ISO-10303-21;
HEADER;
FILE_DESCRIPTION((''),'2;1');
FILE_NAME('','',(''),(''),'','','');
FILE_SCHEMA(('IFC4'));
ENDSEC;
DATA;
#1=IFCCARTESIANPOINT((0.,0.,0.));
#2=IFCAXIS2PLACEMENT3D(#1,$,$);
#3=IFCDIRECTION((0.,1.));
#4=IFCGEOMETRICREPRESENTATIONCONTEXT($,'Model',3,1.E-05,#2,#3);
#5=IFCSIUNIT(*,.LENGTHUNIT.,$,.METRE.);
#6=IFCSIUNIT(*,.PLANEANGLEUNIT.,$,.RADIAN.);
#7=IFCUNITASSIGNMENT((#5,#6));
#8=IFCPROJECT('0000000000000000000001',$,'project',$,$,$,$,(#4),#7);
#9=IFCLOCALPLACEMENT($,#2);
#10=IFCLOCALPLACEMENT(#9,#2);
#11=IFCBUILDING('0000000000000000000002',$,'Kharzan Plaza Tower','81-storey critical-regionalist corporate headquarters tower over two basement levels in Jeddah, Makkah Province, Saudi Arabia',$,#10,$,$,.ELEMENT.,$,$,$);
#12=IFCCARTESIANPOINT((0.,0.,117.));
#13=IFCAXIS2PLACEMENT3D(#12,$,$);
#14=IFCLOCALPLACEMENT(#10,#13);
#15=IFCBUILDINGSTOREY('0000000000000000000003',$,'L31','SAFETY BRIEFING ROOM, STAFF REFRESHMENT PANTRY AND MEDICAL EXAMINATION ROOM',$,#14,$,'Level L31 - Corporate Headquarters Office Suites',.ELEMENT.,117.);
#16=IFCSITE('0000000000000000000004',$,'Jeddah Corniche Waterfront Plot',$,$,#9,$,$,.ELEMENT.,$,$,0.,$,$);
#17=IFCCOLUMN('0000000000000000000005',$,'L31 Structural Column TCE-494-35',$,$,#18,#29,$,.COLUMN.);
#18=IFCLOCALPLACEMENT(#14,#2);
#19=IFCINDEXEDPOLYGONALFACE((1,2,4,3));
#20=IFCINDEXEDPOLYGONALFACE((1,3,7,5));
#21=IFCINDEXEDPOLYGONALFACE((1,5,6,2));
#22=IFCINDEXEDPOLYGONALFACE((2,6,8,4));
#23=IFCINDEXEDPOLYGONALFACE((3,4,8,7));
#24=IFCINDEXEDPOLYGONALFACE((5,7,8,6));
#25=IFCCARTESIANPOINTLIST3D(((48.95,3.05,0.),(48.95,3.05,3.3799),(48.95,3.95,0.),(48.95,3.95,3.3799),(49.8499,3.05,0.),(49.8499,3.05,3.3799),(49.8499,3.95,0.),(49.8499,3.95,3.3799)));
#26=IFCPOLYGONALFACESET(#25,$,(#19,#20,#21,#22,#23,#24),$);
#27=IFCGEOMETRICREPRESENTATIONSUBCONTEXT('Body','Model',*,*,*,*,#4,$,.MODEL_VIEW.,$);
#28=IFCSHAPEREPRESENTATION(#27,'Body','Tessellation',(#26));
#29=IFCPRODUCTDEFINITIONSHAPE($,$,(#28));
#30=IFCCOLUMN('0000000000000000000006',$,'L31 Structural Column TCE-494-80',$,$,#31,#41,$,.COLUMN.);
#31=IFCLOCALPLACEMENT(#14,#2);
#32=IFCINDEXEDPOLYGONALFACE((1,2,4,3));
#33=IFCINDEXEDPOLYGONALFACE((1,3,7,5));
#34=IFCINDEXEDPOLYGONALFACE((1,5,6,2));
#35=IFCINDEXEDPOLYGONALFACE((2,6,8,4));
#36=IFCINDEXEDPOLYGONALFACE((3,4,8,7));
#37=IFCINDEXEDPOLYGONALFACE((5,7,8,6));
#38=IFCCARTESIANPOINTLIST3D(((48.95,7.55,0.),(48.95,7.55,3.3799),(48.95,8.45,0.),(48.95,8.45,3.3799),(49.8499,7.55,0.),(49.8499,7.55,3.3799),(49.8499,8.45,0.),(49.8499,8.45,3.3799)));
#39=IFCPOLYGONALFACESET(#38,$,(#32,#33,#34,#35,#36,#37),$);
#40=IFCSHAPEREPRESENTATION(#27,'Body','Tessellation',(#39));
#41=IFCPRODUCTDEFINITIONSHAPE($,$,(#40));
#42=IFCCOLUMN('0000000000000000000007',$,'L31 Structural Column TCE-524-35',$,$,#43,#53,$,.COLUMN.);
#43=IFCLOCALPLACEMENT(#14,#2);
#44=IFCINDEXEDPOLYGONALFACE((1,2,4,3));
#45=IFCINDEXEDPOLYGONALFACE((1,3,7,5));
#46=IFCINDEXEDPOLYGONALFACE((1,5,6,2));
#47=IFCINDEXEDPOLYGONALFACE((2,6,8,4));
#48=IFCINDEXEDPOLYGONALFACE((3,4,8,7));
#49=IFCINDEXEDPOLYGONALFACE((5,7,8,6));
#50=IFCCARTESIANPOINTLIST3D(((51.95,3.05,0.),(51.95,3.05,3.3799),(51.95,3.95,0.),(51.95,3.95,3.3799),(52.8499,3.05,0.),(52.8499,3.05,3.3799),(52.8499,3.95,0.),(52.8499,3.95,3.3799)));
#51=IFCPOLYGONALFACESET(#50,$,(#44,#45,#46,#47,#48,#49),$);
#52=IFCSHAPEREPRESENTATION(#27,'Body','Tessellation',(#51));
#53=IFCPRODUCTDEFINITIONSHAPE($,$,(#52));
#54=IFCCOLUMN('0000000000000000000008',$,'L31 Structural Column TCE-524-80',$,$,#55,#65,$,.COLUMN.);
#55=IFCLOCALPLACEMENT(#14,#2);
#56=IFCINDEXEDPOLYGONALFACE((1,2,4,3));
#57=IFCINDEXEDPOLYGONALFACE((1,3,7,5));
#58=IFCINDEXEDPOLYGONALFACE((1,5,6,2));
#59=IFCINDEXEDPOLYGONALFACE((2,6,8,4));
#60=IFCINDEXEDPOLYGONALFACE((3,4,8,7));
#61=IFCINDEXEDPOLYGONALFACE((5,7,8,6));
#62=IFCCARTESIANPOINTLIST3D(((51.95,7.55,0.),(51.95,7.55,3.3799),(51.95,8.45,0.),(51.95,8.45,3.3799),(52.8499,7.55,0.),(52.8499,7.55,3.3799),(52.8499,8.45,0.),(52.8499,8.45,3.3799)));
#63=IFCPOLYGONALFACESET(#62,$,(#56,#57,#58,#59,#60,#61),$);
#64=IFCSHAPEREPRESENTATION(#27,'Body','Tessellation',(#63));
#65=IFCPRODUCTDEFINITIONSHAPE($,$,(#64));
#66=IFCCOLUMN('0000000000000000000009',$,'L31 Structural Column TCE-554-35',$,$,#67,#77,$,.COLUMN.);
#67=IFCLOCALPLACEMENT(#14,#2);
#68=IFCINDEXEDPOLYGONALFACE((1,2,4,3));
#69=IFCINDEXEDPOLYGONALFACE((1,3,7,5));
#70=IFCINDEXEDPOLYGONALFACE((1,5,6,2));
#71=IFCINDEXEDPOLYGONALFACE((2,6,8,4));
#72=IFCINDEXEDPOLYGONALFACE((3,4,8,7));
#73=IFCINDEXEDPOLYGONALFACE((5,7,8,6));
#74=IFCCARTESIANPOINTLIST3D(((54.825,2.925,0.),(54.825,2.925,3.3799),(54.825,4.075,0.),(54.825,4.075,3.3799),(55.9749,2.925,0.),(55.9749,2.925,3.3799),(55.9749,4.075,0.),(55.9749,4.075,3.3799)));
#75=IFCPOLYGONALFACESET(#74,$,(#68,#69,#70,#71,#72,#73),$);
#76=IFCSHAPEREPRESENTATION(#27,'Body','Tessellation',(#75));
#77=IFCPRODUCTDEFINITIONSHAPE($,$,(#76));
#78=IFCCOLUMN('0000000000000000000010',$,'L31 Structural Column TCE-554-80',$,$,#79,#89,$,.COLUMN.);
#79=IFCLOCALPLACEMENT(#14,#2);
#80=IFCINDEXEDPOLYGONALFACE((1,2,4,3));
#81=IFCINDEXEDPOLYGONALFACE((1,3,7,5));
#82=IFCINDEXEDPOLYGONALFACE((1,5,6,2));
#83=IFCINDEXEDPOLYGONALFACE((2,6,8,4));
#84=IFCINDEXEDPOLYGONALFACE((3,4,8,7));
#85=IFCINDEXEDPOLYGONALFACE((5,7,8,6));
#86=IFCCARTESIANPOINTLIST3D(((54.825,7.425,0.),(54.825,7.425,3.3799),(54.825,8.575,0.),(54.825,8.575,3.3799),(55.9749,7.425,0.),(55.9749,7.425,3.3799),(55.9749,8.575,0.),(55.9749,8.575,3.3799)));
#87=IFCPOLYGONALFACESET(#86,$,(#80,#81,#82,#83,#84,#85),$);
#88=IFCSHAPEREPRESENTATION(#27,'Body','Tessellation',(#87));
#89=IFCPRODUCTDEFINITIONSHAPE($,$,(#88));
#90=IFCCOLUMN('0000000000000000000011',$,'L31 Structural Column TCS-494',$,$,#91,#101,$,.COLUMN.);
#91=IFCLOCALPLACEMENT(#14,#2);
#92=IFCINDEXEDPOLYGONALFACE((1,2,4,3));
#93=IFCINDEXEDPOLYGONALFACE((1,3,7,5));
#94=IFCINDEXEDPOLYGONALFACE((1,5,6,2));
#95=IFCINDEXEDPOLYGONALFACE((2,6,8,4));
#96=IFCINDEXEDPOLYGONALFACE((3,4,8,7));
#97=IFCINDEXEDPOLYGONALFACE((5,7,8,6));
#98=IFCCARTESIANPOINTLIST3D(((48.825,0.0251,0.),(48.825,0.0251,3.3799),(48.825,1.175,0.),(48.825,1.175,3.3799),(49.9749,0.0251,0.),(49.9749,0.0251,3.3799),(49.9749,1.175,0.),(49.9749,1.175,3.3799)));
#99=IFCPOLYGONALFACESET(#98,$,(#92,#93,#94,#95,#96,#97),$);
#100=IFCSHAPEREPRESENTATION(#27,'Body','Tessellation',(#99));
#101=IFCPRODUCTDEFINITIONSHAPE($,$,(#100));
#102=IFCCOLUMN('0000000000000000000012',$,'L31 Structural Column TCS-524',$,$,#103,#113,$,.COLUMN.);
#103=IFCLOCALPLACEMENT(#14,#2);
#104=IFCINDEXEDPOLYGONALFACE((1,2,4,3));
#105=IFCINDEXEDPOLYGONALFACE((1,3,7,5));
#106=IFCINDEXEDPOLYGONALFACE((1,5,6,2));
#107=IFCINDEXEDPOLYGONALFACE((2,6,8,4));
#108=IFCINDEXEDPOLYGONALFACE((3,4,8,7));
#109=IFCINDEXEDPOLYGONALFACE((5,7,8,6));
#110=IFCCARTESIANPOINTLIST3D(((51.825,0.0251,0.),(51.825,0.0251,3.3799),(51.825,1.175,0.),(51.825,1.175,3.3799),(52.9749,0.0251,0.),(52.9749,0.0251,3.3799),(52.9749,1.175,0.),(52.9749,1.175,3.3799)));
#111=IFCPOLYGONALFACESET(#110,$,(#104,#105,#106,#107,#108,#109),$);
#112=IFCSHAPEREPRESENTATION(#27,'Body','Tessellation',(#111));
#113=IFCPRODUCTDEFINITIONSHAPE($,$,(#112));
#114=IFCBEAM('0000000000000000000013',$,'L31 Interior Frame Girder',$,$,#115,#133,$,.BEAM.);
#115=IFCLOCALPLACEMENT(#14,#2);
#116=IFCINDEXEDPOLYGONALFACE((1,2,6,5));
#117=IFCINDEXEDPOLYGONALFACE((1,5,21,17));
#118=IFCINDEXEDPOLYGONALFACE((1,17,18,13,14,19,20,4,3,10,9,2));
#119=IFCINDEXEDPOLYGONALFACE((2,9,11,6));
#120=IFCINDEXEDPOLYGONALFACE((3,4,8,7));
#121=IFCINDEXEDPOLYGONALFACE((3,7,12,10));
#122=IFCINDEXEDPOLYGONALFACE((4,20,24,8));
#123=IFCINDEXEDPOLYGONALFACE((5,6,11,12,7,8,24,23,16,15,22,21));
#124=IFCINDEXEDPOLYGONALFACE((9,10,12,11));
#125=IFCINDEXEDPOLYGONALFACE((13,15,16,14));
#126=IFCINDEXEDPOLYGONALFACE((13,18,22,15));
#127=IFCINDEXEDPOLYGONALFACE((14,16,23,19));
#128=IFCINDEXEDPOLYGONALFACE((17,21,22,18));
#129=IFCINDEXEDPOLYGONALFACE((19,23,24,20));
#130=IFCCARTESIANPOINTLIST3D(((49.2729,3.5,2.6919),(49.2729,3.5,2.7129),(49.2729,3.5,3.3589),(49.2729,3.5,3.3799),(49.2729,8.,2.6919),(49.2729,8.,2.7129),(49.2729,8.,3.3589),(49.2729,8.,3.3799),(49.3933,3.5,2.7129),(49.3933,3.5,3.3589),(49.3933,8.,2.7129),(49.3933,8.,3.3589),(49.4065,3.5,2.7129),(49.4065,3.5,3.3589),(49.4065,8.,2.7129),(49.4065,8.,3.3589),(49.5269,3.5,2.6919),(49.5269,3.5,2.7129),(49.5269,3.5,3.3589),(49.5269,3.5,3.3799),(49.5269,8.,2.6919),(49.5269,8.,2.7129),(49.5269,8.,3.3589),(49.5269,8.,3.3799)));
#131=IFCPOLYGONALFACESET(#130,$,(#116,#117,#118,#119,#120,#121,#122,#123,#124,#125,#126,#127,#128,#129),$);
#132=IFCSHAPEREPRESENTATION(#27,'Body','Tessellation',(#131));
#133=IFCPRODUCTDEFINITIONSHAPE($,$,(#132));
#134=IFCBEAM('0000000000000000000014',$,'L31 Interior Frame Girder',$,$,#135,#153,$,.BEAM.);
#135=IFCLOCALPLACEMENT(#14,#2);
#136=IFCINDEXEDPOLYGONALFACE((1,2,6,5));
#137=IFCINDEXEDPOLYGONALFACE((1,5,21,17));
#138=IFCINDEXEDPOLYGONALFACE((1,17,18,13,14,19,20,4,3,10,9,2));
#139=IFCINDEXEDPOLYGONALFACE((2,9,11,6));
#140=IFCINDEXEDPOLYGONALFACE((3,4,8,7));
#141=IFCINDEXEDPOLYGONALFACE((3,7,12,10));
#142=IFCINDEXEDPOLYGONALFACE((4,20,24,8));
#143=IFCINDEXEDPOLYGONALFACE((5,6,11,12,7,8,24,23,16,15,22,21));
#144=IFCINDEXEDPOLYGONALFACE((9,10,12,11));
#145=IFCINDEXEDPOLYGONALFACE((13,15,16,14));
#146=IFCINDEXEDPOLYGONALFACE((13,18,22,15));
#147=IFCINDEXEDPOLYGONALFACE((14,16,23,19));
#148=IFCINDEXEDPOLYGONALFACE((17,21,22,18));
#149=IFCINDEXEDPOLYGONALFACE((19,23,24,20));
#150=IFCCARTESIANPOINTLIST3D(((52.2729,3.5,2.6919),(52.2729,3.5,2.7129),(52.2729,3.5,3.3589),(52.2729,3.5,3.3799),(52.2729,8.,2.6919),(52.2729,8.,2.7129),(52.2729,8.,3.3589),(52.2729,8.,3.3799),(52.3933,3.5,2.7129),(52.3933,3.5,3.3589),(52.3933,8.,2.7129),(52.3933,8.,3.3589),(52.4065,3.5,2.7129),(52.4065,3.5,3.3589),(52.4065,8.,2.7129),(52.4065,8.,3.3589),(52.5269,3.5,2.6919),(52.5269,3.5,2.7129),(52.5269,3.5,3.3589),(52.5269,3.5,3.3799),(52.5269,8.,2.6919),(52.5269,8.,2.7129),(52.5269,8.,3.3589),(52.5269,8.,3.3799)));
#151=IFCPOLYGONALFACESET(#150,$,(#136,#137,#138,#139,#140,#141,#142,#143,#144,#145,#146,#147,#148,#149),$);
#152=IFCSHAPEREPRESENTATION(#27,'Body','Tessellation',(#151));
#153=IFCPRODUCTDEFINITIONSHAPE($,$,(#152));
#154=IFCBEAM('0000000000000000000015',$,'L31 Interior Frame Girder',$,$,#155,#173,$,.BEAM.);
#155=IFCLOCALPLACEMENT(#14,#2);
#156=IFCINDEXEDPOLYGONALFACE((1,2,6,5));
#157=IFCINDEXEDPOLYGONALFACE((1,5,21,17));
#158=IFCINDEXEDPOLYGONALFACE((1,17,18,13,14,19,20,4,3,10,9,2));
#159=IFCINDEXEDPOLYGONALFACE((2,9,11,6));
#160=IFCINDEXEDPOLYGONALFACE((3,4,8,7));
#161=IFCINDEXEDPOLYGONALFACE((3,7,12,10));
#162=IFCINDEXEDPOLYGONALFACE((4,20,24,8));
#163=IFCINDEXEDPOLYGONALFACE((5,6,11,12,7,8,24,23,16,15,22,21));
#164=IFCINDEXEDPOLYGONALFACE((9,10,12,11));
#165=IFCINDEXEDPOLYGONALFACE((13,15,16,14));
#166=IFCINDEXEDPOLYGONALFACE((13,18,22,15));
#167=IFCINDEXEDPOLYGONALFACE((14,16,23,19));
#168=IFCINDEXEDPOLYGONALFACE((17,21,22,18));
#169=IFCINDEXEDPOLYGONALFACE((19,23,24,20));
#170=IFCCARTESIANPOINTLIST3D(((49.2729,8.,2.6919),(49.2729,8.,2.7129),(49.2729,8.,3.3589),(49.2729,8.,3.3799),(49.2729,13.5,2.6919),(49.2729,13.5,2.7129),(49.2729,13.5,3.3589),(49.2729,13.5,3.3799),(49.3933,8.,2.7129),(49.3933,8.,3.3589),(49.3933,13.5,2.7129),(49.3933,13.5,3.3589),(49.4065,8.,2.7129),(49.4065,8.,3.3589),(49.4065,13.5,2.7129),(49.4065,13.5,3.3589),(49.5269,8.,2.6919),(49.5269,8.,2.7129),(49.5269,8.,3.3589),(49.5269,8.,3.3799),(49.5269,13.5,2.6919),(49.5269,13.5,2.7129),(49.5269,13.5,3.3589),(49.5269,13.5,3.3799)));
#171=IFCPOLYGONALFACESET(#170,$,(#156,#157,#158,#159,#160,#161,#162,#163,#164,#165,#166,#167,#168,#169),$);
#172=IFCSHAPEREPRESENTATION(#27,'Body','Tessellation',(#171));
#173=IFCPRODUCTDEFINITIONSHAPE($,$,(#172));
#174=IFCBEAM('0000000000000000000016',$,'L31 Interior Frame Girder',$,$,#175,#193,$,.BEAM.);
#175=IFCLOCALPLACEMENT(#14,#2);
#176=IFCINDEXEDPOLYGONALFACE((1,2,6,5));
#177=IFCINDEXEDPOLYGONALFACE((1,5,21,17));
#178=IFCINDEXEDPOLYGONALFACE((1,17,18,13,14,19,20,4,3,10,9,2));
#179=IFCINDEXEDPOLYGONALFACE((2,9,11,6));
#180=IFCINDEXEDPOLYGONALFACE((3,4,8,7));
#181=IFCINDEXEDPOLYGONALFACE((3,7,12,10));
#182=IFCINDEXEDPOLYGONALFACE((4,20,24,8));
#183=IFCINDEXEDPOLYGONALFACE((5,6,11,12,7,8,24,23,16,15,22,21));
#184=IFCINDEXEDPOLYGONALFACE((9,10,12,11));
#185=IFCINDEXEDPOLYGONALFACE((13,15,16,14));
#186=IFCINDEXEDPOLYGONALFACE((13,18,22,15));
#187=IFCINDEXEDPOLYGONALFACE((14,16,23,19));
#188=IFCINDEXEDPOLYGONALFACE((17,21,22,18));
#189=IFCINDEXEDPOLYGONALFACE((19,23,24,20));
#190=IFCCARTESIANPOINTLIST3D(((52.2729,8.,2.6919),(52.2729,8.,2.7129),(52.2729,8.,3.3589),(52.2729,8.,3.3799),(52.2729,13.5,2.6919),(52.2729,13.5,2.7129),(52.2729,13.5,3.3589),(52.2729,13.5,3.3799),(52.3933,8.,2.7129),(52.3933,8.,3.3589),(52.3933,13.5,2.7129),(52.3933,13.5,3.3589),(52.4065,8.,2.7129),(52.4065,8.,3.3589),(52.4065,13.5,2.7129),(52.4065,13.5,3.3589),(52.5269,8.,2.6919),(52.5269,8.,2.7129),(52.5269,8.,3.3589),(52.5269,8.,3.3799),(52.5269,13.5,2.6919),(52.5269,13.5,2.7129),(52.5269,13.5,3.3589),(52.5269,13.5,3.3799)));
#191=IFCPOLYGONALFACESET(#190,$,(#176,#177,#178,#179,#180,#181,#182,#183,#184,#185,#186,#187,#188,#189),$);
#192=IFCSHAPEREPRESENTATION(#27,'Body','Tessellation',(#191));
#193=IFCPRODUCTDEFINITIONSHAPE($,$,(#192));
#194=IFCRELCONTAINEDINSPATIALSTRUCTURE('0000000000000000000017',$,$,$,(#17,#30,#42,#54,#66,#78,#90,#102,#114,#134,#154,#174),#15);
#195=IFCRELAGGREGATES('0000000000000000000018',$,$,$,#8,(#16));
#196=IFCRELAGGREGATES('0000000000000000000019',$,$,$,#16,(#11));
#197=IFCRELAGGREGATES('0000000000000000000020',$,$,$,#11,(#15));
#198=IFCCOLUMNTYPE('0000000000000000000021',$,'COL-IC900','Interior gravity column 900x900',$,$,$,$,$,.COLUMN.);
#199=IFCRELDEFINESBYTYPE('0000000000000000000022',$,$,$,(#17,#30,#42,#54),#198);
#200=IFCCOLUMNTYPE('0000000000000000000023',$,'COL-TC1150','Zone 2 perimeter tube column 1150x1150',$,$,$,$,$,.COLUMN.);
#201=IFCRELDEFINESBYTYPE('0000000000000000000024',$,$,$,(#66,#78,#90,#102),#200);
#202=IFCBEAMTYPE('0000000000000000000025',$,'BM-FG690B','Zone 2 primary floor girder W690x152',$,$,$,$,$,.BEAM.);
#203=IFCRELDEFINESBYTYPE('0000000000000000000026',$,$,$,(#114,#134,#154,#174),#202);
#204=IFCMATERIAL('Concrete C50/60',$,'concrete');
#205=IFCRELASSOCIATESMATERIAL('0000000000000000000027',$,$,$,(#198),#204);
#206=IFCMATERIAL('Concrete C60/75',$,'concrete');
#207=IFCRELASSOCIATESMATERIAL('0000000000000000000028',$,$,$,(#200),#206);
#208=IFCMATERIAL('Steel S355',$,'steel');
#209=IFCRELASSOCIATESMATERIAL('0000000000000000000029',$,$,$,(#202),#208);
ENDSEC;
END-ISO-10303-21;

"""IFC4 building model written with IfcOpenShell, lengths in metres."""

from ifc_helpers import new_model, si_unit, direction, frame, origin, origin_2d, place, context, subcontext, project, spatial, rectangle, i_section, extrude, source, transform, mapped, material, material_profile, profile_set, type_object, element, save


model = new_model("IFC4")

# Units and contexts
model_context = context("Model", 3, precision=1e-05, world=origin(), true_north=direction((0.0, 1.0)))
body_context = subcontext(model_context, "Body", "Model", "MODEL_VIEW")
ifc_project = project(units=[si_unit("LENGTHUNIT", "METRE"), si_unit("PLANEANGLEUNIT", "RADIAN")], contexts=[model_context])

# Site, building, storey
site_placement = place(None, origin())
site = spatial("IfcSite", under=ifc_project, at=site_placement, Name="Jeddah Corniche Waterfront Plot", CompositionType="ELEMENT", RefElevation=0.0)
building_placement = place(site_placement, origin())
building = spatial("IfcBuilding", under=site, at=building_placement, Name="Kharzan Plaza Tower", Description="81-storey critical-regionalist corporate headquarters tower over two basement levels in Jeddah, Makkah Province, Saudi Arabia", CompositionType="ELEMENT")
storey_placement = place(building_placement, frame((0.0, 0.0, 117.0)))
storey = spatial("IfcBuildingStorey", under=building, at=storey_placement, Name="L31", Description="SAFETY BRIEFING ROOM, STAFF REFRESHMENT PANTRY AND MEDICAL EXAMINATION ROOM", LongName="Level L31 - Corporate Headquarters Office Suites", CompositionType="ELEMENT", Elevation=117.0)

# Columns
ifc_material_1 = material(Name="Concrete C50/60", Category="concrete")
ifc_material_profile_1 = material_profile(ifc_material_1, rectangle(XDim=0.8999, YDim=0.8999, at=origin_2d()), Name="RC-IC900x900")
ifc_profile_set_1 = profile_set([ifc_material_profile_1], Name="Concrete C50/60")
column_type_1 = type_object("IfcColumnType", Name="COL-IC900", Description="Interior gravity column 900x900", PredefinedType="COLUMN", material=ifc_profile_set_1)
shared_shape_1 = source(origin(), body_context, "Body", "SweptSolid", [
    extrude(rectangle(XDim=0.8999, YDim=0.8999, at=origin_2d()), origin(), (0.0, 0.0, 1.0), 3.3799),
])
for number, where, z_axis, x_axis, name in (
    (1, (49.3999, 3.5, 0.0), (0.0, 0.0, 1.0), (1.0, 0.0, 0.0), "L31 Structural Column TCE-494-35"),
    (2, (49.3999, 8.0, 0.0), (0.0, 0.0, 1.0), (1.0, 0.0, 0.0), "L31 Structural Column TCE-494-80"),
    (3, (52.3999, 3.5, 0.0), (0.0, 0.0, 1.0), (1.0, 0.0, 0.0), "L31 Structural Column TCE-524-35"),
    (4, (52.3999, 8.0, 0.0), (0.0, 0.0, 1.0), (1.0, 0.0, 0.0), "L31 Structural Column TCE-524-80"),
):
    element("IfcColumn", number, at=place(storey_placement, frame(where, z_axis=z_axis, x_axis=x_axis)), inside=storey, type_object=column_type_1, Name=name, PredefinedType="COLUMN", context=body_context, shape_type="MappedRepresentation", body=[
        mapped(shared_shape_1, transform((0.0, 0.0, 0.0), x_axis=(1.0, 0.0, 0.0), y_axis=(0.0, 1.0, 0.0), z_axis=(0.0, 0.0, 1.0))),
    ])
ifc_material_2 = material(Name="Concrete C60/75", Category="concrete")
ifc_material_profile_2 = material_profile(ifc_material_2, rectangle(XDim=1.1499, YDim=1.1499, at=origin_2d()), Name="RC-TC1150x1150")
ifc_profile_set_2 = profile_set([ifc_material_profile_2], Name="Concrete C60/75")
column_type_2 = type_object("IfcColumnType", Name="COL-TC1150", Description="Zone 2 perimeter tube column 1150x1150", PredefinedType="COLUMN", material=ifc_profile_set_2)
shared_shape_2 = source(origin(), body_context, "Body", "SweptSolid", [
    extrude(rectangle(XDim=1.1499, YDim=1.1499, at=origin_2d()), origin(), (0.0, 0.0, 1.0), 3.3799),
])
for number, where, z_axis, x_axis, name in (
    (5, (55.3999, 3.5, 0.0), (0.0, 0.0, 1.0), (1.0, 0.0, 0.0), "L31 Structural Column TCE-554-35"),
    (6, (55.3999, 8.0, 0.0), (0.0, 0.0, 1.0), (1.0, 0.0, 0.0), "L31 Structural Column TCE-554-80"),
    (7, (49.3999, 0.6001, 0.0), (0.0, 0.0, 1.0), (1.0, 0.0, 0.0), "L31 Structural Column TCS-494"),
    (8, (52.3999, 0.6001, 0.0), (0.0, 0.0, 1.0), (1.0, 0.0, 0.0), "L31 Structural Column TCS-524"),
):
    element("IfcColumn", number, at=place(storey_placement, frame(where, z_axis=z_axis, x_axis=x_axis)), inside=storey, type_object=column_type_2, Name=name, PredefinedType="COLUMN", context=body_context, shape_type="MappedRepresentation", body=[
        mapped(shared_shape_2, transform((0.0, 0.0, 0.0), x_axis=(1.0, 0.0, 0.0), y_axis=(0.0, 1.0, 0.0), z_axis=(0.0, 0.0, 1.0))),
    ])

# Beams
ifc_material_3 = material(Name="Steel S355", Category="steel")
ifc_material_profile_3 = material_profile(ifc_material_3, i_section(OverallWidth=0.2539, OverallDepth=0.688, WebThickness=0.0132, FlangeThickness=0.021, at=origin_2d()), Name="W690x152")
ifc_profile_set_3 = profile_set([ifc_material_profile_3], Name="Steel S355")
beam_type_1 = type_object("IfcBeamType", Name="BM-FG690B", Description="Zone 2 primary floor girder W690x152", PredefinedType="BEAM", material=ifc_profile_set_3)
shared_shape_3 = source(origin(), body_context, "Body", "SweptSolid", [
    extrude(i_section(OverallWidth=0.2539, OverallDepth=0.688, WebThickness=0.0132, FlangeThickness=0.021, at=origin_2d()), origin(), (0.0, 0.0, 1.0), 4.5),
])
for number, where, z_axis, x_axis, name in (
    (9, (49.3999, 3.5, 3.0359), (0.0, 1.0, 0.0), (-1.0, 0.0, 0.0), "L31 Interior Frame Girder"),
    (10, (52.3999, 3.5, 3.0359), (0.0, 1.0, 0.0), (-1.0, 0.0, 0.0), "L31 Interior Frame Girder"),
):
    element("IfcBeam", number, at=place(storey_placement, frame(where, z_axis=z_axis, x_axis=x_axis)), inside=storey, type_object=beam_type_1, Name=name, PredefinedType="BEAM", context=body_context, shape_type="MappedRepresentation", body=[
        mapped(shared_shape_3, transform((0.0, 0.0, 0.0), x_axis=(1.0, 0.0, 0.0), y_axis=(0.0, 1.0, 0.0), z_axis=(0.0, 0.0, 1.0))),
    ])
shared_shape_4 = source(origin(), body_context, "Body", "SweptSolid", [
    extrude(i_section(OverallWidth=0.2539, OverallDepth=0.688, WebThickness=0.0132, FlangeThickness=0.021, at=origin_2d()), origin(), (0.0, 0.0, 1.0), 5.5),
])
for number, where, z_axis, x_axis, name in (
    (11, (49.3999, 8.0, 3.0359), (0.0, 1.0, 0.0), (-1.0, 0.0, 0.0), "L31 Interior Frame Girder"),
    (12, (52.3999, 8.0, 3.0359), (0.0, 1.0, 0.0), (-1.0, 0.0, 0.0), "L31 Interior Frame Girder"),
):
    element("IfcBeam", number, at=place(storey_placement, frame(where, z_axis=z_axis, x_axis=x_axis)), inside=storey, type_object=beam_type_1, Name=name, PredefinedType="BEAM", context=body_context, shape_type="MappedRepresentation", body=[
        mapped(shared_shape_4, transform((0.0, 0.0, 0.0), x_axis=(1.0, 0.0, 0.0), y_axis=(0.0, 1.0, 0.0), z_axis=(0.0, 0.0, 1.0))),
    ])

save(model, "model.ifc")
